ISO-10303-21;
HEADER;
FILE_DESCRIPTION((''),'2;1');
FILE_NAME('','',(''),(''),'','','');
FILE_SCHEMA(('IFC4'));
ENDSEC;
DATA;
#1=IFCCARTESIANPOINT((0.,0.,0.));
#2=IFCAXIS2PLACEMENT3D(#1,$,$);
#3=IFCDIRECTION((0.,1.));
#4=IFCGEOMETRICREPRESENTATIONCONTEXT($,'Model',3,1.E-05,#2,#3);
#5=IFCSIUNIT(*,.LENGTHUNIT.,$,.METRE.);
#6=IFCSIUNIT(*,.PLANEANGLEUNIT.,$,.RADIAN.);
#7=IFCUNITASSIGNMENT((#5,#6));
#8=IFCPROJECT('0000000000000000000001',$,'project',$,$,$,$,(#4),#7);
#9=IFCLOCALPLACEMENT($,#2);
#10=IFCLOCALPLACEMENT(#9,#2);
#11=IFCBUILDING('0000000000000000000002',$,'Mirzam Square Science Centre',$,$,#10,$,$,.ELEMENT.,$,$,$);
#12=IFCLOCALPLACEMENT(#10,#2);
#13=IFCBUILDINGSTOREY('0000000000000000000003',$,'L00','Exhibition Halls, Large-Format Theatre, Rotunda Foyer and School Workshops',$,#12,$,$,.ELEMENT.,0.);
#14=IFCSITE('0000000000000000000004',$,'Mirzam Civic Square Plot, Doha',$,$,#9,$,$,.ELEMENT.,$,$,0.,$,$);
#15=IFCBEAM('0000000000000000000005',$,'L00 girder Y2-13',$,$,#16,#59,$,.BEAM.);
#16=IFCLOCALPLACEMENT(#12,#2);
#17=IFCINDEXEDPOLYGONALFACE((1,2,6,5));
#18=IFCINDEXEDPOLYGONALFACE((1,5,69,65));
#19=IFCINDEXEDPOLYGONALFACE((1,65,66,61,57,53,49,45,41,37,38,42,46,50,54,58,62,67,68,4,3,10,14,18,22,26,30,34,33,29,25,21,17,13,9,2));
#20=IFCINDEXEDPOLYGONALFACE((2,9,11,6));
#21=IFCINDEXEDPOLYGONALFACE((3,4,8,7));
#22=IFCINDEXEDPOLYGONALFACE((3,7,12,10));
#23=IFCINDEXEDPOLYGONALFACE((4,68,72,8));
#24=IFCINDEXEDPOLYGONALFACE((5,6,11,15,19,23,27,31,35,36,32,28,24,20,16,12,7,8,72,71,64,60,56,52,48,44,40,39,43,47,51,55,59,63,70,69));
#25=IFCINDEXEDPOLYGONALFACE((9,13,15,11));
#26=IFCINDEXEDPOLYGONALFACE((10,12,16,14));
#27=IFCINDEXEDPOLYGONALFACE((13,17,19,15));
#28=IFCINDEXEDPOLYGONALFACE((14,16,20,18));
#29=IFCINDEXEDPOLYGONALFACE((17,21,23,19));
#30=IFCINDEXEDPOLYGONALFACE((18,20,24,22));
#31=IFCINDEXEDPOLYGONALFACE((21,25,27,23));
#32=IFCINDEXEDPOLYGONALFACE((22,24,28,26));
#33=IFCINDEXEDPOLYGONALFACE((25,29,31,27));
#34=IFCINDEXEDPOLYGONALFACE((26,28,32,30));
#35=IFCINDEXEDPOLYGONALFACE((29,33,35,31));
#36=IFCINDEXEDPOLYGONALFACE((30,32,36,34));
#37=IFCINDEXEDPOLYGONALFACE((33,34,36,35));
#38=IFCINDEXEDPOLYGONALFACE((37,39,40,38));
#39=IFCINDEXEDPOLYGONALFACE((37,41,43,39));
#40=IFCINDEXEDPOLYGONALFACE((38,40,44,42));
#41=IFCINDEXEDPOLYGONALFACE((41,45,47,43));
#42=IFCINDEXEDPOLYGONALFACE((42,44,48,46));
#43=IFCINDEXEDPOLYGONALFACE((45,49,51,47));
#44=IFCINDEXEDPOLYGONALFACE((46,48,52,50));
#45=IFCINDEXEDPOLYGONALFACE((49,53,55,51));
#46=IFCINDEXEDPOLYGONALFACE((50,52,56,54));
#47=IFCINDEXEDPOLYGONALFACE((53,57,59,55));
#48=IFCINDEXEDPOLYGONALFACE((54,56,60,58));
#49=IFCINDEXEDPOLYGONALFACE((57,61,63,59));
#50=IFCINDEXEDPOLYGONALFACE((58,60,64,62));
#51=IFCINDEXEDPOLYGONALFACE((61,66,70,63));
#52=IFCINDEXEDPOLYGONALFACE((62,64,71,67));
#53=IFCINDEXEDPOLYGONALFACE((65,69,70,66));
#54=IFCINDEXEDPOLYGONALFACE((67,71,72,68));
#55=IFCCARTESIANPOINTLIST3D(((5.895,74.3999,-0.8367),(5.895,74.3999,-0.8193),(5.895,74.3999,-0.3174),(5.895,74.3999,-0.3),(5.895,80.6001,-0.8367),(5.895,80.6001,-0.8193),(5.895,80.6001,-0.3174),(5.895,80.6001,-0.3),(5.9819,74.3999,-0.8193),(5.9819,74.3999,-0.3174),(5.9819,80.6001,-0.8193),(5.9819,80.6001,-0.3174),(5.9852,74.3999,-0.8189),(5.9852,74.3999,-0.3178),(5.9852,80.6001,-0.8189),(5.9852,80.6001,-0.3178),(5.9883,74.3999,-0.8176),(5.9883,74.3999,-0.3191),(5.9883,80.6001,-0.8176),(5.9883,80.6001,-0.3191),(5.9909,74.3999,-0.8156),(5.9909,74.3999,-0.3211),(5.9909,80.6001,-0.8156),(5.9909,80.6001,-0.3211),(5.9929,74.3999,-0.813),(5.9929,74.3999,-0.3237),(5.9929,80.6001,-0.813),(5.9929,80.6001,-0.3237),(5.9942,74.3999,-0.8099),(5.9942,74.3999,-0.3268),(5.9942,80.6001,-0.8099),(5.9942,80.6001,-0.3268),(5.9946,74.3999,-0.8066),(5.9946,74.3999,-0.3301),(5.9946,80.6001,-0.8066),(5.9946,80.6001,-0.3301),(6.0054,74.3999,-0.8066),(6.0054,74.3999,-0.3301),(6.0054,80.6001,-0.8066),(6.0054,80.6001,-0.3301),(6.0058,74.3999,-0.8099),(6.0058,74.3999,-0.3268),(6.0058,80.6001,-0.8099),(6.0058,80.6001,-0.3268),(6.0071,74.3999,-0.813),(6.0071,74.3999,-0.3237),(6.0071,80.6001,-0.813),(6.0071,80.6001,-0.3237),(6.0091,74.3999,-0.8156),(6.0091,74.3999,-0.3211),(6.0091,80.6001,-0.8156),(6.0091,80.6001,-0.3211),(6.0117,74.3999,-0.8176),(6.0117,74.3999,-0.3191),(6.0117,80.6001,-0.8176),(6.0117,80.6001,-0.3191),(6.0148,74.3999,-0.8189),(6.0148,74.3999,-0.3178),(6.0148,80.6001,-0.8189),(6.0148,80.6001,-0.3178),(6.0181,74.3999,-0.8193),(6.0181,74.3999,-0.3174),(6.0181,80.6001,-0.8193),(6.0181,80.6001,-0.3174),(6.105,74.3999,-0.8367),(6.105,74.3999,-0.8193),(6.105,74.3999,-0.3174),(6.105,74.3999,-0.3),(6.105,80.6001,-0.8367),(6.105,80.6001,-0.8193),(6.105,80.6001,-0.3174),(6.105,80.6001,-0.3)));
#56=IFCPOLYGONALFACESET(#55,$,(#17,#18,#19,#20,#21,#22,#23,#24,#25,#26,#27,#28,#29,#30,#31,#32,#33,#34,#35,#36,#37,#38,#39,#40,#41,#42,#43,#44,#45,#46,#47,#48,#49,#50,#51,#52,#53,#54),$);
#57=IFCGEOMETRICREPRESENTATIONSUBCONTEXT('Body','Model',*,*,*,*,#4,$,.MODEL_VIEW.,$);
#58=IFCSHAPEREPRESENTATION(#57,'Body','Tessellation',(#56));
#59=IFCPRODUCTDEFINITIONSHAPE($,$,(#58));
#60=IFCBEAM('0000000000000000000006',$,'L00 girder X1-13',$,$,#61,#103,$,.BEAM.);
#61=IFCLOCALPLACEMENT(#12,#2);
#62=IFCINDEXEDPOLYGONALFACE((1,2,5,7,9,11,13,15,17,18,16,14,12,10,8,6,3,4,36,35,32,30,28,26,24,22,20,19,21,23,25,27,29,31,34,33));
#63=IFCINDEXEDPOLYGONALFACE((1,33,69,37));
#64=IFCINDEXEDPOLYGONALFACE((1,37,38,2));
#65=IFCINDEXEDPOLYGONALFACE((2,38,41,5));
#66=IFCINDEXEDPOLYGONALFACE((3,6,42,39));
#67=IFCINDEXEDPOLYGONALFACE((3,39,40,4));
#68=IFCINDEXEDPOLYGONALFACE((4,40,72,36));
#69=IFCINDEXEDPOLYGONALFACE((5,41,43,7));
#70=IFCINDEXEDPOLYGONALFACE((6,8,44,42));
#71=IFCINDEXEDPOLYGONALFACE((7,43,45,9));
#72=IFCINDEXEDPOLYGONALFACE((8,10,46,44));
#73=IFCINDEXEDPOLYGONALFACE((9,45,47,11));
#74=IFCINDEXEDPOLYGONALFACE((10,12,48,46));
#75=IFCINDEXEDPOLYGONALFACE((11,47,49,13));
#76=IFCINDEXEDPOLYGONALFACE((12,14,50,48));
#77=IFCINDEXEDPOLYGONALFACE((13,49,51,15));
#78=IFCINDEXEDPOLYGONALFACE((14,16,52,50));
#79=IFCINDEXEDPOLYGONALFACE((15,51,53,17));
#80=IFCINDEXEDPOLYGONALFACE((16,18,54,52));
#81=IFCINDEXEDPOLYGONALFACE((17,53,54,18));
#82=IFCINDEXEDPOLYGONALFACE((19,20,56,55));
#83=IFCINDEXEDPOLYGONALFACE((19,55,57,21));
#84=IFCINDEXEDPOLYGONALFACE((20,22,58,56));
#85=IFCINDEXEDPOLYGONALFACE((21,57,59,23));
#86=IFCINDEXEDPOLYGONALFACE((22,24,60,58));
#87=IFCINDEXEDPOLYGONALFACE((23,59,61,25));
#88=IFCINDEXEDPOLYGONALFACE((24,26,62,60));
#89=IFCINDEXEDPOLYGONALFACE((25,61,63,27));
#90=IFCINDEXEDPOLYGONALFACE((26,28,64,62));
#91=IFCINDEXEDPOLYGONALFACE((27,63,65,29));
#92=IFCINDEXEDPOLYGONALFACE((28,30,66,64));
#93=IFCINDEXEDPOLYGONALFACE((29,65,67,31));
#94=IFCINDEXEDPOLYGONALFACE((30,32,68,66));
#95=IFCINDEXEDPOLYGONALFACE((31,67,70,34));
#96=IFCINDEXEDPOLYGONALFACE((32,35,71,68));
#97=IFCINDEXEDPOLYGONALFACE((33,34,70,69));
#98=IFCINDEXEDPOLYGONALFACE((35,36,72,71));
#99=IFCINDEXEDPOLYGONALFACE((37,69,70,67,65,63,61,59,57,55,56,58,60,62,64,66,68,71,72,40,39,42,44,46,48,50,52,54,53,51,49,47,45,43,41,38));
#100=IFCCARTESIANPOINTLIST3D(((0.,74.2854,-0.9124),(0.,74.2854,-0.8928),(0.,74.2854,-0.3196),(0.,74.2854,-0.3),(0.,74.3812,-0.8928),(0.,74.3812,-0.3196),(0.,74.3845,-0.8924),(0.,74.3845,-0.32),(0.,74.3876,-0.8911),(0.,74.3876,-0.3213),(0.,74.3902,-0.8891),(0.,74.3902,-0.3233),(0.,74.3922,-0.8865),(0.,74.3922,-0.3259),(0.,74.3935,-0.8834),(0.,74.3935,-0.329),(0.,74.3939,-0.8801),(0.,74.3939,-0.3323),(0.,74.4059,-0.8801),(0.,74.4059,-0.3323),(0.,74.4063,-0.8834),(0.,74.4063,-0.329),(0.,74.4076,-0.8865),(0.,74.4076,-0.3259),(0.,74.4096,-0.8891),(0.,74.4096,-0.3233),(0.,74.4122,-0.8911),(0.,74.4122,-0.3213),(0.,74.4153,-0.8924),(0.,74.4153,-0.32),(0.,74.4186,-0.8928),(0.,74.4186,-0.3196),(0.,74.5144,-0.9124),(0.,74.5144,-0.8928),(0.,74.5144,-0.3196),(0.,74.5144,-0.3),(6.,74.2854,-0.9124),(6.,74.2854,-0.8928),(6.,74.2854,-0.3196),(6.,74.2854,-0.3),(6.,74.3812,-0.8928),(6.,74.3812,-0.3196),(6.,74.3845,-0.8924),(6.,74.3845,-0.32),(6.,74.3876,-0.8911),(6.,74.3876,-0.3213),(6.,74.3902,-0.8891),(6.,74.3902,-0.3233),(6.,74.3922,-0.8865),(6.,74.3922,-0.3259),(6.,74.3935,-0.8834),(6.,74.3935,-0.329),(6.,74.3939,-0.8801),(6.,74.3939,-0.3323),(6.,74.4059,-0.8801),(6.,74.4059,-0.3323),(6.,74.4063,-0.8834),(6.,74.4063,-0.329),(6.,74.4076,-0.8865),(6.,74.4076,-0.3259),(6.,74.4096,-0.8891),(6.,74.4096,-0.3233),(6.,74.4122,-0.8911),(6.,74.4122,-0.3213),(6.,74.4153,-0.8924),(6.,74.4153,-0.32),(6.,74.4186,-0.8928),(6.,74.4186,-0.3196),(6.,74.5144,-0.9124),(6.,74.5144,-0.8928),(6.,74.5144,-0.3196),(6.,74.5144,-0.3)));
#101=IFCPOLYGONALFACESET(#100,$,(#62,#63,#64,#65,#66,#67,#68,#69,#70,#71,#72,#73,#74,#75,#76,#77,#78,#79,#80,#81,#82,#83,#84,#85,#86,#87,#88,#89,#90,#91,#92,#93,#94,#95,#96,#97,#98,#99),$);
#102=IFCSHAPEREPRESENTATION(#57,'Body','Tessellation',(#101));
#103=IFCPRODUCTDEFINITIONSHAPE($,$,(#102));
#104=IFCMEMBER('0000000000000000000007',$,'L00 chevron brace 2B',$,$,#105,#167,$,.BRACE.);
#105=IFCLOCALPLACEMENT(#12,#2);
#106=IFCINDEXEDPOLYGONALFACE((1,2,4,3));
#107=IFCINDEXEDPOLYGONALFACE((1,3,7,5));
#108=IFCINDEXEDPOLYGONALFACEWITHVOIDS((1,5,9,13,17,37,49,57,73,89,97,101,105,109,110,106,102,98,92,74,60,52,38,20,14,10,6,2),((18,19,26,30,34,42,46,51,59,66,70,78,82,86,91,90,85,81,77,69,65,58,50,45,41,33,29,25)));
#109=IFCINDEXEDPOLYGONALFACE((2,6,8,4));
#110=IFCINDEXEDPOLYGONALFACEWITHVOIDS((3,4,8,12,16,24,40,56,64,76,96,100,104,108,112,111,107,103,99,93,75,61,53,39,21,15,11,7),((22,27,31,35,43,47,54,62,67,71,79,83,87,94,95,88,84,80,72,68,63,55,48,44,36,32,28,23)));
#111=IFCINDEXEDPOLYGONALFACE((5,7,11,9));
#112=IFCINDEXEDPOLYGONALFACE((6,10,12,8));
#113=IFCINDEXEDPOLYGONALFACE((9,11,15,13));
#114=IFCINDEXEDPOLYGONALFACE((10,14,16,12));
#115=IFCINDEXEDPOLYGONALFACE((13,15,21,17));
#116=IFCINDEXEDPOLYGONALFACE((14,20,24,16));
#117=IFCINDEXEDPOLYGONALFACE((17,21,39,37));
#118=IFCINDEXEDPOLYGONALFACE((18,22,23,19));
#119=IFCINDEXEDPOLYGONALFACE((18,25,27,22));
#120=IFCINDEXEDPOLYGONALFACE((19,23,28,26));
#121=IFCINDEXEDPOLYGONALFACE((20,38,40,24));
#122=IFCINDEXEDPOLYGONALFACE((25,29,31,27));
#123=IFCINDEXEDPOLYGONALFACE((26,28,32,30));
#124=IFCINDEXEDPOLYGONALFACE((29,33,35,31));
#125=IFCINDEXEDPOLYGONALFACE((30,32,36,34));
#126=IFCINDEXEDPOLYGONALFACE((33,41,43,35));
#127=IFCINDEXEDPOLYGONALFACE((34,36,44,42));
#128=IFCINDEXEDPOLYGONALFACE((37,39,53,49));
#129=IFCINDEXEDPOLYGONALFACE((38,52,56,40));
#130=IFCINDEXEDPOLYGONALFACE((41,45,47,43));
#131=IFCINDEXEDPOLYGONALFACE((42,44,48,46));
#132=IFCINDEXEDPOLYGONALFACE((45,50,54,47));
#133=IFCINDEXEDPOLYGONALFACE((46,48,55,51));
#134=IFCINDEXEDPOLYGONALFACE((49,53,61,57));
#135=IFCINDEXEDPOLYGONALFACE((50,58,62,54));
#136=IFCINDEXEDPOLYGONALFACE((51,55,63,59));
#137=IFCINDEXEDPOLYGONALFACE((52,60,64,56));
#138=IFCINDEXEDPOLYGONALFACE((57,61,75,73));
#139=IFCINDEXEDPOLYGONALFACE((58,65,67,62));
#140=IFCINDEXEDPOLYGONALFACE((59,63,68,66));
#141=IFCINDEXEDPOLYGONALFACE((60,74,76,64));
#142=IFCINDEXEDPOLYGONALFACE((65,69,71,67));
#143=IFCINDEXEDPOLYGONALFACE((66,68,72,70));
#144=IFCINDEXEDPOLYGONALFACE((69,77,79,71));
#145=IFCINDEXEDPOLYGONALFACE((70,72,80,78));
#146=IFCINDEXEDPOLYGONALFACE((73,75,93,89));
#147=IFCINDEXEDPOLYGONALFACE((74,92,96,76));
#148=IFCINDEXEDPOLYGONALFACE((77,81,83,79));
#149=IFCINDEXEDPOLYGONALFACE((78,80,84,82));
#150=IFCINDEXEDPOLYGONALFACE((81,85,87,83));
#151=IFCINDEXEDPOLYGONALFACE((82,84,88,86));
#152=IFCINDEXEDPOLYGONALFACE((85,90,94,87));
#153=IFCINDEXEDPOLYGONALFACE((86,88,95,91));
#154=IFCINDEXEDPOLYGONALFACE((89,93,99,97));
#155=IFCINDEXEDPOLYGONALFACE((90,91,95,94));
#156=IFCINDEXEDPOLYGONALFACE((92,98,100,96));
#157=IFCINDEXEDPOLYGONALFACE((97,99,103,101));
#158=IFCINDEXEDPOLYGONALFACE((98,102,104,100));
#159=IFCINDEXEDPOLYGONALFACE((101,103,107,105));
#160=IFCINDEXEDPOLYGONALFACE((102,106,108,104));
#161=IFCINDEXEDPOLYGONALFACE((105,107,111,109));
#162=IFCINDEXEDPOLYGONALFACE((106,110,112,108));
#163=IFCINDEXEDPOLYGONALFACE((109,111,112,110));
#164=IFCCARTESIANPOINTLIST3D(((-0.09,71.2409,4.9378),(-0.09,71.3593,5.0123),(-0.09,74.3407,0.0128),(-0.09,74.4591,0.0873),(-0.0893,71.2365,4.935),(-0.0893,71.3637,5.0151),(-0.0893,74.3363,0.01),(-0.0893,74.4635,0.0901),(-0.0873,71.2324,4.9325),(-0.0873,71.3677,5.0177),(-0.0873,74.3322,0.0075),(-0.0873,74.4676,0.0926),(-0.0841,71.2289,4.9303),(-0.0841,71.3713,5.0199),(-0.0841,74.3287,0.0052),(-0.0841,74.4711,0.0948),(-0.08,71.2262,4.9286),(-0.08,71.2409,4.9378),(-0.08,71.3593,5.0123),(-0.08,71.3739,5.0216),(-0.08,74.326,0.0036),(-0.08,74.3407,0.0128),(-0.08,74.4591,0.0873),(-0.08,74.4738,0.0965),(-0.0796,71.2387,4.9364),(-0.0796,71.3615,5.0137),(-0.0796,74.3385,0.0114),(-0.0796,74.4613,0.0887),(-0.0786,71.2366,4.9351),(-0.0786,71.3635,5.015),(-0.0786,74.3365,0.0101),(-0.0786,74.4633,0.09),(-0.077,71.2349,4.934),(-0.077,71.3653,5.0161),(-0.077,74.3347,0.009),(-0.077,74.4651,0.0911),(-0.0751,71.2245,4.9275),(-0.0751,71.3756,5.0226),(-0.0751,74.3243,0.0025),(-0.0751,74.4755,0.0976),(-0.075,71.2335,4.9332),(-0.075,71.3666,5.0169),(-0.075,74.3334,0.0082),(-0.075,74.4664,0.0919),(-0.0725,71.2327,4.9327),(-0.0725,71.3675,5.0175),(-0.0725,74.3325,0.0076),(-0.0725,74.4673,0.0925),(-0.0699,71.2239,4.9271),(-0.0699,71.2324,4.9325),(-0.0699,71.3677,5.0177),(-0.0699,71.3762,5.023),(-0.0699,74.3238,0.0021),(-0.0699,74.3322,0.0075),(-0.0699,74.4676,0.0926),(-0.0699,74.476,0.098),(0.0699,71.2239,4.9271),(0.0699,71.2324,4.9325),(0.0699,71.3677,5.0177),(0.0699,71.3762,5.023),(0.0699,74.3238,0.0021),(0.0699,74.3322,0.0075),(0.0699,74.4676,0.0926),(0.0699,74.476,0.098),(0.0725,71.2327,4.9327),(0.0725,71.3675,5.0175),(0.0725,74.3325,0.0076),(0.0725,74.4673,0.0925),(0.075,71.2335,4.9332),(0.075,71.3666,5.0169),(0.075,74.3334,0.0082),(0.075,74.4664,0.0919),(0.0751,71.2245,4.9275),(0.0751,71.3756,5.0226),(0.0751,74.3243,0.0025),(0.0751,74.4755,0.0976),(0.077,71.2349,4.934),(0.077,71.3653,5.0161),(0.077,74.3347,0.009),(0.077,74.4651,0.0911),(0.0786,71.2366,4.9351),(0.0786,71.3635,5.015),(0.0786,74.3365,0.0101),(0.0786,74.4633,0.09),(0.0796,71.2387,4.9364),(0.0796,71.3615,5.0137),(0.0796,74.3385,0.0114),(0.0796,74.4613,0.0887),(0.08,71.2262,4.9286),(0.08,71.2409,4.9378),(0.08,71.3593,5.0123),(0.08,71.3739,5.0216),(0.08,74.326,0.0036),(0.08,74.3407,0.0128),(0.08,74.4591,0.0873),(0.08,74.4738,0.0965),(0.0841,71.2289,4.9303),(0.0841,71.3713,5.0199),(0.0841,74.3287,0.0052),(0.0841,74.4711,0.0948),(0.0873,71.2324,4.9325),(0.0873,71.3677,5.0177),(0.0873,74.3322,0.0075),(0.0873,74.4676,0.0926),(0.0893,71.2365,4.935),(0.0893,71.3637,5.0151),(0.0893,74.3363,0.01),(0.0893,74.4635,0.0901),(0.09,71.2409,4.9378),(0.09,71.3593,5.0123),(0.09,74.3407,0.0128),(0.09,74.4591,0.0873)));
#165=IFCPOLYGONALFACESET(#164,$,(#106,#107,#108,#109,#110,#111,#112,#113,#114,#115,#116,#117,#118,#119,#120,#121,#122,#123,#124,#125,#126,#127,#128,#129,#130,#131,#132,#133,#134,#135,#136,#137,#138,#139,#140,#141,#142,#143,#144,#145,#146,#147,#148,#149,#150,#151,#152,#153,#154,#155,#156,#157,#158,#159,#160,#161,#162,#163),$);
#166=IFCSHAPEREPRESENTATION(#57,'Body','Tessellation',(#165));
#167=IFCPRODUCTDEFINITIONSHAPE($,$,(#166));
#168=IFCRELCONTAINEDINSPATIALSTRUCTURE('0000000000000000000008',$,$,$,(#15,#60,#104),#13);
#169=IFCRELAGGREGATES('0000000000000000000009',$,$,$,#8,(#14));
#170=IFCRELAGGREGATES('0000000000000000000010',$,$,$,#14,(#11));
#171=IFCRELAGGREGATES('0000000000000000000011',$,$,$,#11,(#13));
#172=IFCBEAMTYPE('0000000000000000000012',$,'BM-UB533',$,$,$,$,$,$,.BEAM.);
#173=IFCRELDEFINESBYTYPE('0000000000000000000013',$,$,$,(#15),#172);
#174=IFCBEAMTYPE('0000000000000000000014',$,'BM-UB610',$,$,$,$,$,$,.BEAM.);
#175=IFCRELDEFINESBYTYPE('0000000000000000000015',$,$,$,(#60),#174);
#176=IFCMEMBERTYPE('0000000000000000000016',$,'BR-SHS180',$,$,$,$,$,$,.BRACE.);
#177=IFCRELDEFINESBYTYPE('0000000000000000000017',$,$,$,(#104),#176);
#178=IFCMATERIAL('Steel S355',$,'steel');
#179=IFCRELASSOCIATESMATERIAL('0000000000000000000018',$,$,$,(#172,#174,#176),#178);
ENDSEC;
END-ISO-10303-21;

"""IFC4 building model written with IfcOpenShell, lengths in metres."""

from ifc_helpers import new_model, si_unit, direction, frame, origin, origin_2d, place, context, subcontext, project, spatial, hollow_rectangle, i_section, extrude, material, material_profile, profile_set, type_object, element, save


model = new_model("IFC4")

# Units and contexts
model_context = context("Model", 3, precision=1e-05, world=origin(), true_north=direction((0.0, 1.0)))
body_context = subcontext(model_context, "Body", "Model", "MODEL_VIEW")
ifc_project = project(units=[si_unit("LENGTHUNIT", "METRE"), si_unit("PLANEANGLEUNIT", "RADIAN")], contexts=[model_context])

# Site, building, storey
site_placement = place(None, origin())
site = spatial("IfcSite", under=ifc_project, at=site_placement, Name="Mirzam Civic Square Plot, Doha", CompositionType="ELEMENT", RefElevation=0.0)
building_placement = place(site_placement, origin())
building = spatial("IfcBuilding", under=site, at=building_placement, Name="Mirzam Square Science Centre", CompositionType="ELEMENT")
storey_placement = place(building_placement, origin())
storey = spatial("IfcBuildingStorey", under=building, at=storey_placement, Name="L00", Description="Exhibition Halls, Large-Format Theatre, Rotunda Foyer and School Workshops", CompositionType="ELEMENT", Elevation=0.0)

# Shared definitions
ifc_material_1 = material(Name="Steel S355", Category="steel")

# Beams
ifc_material_profile_1 = material_profile(ifc_material_1, i_section(OverallWidth=0.21, OverallDepth=0.5366, WebThickness=0.0107, FlangeThickness=0.0173, FilletRadius=0.0127, at=origin_2d()), Name="533x210x101UB")
ifc_profile_set_1 = profile_set([ifc_material_profile_1], Name="Steel S355")
beam_type_1 = type_object("IfcBeamType", Name="BM-UB533", PredefinedType="BEAM", material=ifc_profile_set_1)
beam_1_placement = place(storey_placement, frame((6.0, 74.3999, -0.5684), z_axis=(0.0, 1.0, 0.0), x_axis=(-1.0, 0.0, 0.0)))
element("IfcBeam", 1, at=beam_1_placement, inside=storey, type_object=beam_type_1, Name="L00 girder Y2-13", PredefinedType="BEAM", context=body_context, shape_type="SweptSolid", body=[
    extrude(i_section(OverallWidth=0.21, OverallDepth=0.5366, WebThickness=0.0107, FlangeThickness=0.0173, FilletRadius=0.0127, at=origin_2d()), origin(), (0.0, 0.0, 1.0), 6.2002),
])
ifc_material_profile_2 = material_profile(ifc_material_1, i_section(OverallWidth=0.229, OverallDepth=0.6123, WebThickness=0.012, FlangeThickness=0.0195, FilletRadius=0.0127, at=origin_2d()), Name="610x229x125UB")
ifc_profile_set_2 = profile_set([ifc_material_profile_2], Name="Steel S355")
beam_type_2 = type_object("IfcBeamType", Name="BM-UB610", PredefinedType="BEAM", material=ifc_profile_set_2)
beam_2_placement = place(storey_placement, frame((0.0, 74.3999, -0.6062), z_axis=(1.0, 0.0, 0.0), x_axis=(0.0, 1.0, 0.0)))
element("IfcBeam", 2, at=beam_2_placement, inside=storey, type_object=beam_type_2, Name="L00 girder X1-13", PredefinedType="BEAM", context=body_context, shape_type="SweptSolid", body=[
    extrude(i_section(OverallWidth=0.229, OverallDepth=0.6123, WebThickness=0.012, FlangeThickness=0.0195, FilletRadius=0.0127, at=origin_2d()), origin(), (0.0, 0.0, 1.0), 6.0),
])

# Member
ifc_material_profile_3 = material_profile(ifc_material_1, hollow_rectangle(XDim=0.1799, YDim=0.1799, WallThickness=0.01, InnerFilletRadius=0.01, OuterFilletRadius=0.02, at=origin_2d()), Name="180x180x10.0SHS")
ifc_profile_set_3 = profile_set([ifc_material_profile_3], Name="Steel S355")
member_type = type_object("IfcMemberType", Name="BR-SHS180", PredefinedType="BRACE", material=ifc_profile_set_3)
member_placement = place(storey_placement, frame((0.0, 74.3999, 0.05), z_axis=(0.0, -0.532678, 0.846318), x_axis=(1.0, 0.0, 0.0)))
element("IfcMember", 3, at=member_placement, inside=storey, type_object=member_type, Name="L00 chevron brace 2B", PredefinedType="BRACE", context=body_context, shape_type="SweptSolid", body=[
    extrude(hollow_rectangle(XDim=0.1799, YDim=0.1799, WallThickness=0.01, InnerFilletRadius=0.01, OuterFilletRadius=0.02, at=origin_2d()), origin(), (0.0, 0.0, 1.0), 5.8193),
])

save(model, "model.ifc")
